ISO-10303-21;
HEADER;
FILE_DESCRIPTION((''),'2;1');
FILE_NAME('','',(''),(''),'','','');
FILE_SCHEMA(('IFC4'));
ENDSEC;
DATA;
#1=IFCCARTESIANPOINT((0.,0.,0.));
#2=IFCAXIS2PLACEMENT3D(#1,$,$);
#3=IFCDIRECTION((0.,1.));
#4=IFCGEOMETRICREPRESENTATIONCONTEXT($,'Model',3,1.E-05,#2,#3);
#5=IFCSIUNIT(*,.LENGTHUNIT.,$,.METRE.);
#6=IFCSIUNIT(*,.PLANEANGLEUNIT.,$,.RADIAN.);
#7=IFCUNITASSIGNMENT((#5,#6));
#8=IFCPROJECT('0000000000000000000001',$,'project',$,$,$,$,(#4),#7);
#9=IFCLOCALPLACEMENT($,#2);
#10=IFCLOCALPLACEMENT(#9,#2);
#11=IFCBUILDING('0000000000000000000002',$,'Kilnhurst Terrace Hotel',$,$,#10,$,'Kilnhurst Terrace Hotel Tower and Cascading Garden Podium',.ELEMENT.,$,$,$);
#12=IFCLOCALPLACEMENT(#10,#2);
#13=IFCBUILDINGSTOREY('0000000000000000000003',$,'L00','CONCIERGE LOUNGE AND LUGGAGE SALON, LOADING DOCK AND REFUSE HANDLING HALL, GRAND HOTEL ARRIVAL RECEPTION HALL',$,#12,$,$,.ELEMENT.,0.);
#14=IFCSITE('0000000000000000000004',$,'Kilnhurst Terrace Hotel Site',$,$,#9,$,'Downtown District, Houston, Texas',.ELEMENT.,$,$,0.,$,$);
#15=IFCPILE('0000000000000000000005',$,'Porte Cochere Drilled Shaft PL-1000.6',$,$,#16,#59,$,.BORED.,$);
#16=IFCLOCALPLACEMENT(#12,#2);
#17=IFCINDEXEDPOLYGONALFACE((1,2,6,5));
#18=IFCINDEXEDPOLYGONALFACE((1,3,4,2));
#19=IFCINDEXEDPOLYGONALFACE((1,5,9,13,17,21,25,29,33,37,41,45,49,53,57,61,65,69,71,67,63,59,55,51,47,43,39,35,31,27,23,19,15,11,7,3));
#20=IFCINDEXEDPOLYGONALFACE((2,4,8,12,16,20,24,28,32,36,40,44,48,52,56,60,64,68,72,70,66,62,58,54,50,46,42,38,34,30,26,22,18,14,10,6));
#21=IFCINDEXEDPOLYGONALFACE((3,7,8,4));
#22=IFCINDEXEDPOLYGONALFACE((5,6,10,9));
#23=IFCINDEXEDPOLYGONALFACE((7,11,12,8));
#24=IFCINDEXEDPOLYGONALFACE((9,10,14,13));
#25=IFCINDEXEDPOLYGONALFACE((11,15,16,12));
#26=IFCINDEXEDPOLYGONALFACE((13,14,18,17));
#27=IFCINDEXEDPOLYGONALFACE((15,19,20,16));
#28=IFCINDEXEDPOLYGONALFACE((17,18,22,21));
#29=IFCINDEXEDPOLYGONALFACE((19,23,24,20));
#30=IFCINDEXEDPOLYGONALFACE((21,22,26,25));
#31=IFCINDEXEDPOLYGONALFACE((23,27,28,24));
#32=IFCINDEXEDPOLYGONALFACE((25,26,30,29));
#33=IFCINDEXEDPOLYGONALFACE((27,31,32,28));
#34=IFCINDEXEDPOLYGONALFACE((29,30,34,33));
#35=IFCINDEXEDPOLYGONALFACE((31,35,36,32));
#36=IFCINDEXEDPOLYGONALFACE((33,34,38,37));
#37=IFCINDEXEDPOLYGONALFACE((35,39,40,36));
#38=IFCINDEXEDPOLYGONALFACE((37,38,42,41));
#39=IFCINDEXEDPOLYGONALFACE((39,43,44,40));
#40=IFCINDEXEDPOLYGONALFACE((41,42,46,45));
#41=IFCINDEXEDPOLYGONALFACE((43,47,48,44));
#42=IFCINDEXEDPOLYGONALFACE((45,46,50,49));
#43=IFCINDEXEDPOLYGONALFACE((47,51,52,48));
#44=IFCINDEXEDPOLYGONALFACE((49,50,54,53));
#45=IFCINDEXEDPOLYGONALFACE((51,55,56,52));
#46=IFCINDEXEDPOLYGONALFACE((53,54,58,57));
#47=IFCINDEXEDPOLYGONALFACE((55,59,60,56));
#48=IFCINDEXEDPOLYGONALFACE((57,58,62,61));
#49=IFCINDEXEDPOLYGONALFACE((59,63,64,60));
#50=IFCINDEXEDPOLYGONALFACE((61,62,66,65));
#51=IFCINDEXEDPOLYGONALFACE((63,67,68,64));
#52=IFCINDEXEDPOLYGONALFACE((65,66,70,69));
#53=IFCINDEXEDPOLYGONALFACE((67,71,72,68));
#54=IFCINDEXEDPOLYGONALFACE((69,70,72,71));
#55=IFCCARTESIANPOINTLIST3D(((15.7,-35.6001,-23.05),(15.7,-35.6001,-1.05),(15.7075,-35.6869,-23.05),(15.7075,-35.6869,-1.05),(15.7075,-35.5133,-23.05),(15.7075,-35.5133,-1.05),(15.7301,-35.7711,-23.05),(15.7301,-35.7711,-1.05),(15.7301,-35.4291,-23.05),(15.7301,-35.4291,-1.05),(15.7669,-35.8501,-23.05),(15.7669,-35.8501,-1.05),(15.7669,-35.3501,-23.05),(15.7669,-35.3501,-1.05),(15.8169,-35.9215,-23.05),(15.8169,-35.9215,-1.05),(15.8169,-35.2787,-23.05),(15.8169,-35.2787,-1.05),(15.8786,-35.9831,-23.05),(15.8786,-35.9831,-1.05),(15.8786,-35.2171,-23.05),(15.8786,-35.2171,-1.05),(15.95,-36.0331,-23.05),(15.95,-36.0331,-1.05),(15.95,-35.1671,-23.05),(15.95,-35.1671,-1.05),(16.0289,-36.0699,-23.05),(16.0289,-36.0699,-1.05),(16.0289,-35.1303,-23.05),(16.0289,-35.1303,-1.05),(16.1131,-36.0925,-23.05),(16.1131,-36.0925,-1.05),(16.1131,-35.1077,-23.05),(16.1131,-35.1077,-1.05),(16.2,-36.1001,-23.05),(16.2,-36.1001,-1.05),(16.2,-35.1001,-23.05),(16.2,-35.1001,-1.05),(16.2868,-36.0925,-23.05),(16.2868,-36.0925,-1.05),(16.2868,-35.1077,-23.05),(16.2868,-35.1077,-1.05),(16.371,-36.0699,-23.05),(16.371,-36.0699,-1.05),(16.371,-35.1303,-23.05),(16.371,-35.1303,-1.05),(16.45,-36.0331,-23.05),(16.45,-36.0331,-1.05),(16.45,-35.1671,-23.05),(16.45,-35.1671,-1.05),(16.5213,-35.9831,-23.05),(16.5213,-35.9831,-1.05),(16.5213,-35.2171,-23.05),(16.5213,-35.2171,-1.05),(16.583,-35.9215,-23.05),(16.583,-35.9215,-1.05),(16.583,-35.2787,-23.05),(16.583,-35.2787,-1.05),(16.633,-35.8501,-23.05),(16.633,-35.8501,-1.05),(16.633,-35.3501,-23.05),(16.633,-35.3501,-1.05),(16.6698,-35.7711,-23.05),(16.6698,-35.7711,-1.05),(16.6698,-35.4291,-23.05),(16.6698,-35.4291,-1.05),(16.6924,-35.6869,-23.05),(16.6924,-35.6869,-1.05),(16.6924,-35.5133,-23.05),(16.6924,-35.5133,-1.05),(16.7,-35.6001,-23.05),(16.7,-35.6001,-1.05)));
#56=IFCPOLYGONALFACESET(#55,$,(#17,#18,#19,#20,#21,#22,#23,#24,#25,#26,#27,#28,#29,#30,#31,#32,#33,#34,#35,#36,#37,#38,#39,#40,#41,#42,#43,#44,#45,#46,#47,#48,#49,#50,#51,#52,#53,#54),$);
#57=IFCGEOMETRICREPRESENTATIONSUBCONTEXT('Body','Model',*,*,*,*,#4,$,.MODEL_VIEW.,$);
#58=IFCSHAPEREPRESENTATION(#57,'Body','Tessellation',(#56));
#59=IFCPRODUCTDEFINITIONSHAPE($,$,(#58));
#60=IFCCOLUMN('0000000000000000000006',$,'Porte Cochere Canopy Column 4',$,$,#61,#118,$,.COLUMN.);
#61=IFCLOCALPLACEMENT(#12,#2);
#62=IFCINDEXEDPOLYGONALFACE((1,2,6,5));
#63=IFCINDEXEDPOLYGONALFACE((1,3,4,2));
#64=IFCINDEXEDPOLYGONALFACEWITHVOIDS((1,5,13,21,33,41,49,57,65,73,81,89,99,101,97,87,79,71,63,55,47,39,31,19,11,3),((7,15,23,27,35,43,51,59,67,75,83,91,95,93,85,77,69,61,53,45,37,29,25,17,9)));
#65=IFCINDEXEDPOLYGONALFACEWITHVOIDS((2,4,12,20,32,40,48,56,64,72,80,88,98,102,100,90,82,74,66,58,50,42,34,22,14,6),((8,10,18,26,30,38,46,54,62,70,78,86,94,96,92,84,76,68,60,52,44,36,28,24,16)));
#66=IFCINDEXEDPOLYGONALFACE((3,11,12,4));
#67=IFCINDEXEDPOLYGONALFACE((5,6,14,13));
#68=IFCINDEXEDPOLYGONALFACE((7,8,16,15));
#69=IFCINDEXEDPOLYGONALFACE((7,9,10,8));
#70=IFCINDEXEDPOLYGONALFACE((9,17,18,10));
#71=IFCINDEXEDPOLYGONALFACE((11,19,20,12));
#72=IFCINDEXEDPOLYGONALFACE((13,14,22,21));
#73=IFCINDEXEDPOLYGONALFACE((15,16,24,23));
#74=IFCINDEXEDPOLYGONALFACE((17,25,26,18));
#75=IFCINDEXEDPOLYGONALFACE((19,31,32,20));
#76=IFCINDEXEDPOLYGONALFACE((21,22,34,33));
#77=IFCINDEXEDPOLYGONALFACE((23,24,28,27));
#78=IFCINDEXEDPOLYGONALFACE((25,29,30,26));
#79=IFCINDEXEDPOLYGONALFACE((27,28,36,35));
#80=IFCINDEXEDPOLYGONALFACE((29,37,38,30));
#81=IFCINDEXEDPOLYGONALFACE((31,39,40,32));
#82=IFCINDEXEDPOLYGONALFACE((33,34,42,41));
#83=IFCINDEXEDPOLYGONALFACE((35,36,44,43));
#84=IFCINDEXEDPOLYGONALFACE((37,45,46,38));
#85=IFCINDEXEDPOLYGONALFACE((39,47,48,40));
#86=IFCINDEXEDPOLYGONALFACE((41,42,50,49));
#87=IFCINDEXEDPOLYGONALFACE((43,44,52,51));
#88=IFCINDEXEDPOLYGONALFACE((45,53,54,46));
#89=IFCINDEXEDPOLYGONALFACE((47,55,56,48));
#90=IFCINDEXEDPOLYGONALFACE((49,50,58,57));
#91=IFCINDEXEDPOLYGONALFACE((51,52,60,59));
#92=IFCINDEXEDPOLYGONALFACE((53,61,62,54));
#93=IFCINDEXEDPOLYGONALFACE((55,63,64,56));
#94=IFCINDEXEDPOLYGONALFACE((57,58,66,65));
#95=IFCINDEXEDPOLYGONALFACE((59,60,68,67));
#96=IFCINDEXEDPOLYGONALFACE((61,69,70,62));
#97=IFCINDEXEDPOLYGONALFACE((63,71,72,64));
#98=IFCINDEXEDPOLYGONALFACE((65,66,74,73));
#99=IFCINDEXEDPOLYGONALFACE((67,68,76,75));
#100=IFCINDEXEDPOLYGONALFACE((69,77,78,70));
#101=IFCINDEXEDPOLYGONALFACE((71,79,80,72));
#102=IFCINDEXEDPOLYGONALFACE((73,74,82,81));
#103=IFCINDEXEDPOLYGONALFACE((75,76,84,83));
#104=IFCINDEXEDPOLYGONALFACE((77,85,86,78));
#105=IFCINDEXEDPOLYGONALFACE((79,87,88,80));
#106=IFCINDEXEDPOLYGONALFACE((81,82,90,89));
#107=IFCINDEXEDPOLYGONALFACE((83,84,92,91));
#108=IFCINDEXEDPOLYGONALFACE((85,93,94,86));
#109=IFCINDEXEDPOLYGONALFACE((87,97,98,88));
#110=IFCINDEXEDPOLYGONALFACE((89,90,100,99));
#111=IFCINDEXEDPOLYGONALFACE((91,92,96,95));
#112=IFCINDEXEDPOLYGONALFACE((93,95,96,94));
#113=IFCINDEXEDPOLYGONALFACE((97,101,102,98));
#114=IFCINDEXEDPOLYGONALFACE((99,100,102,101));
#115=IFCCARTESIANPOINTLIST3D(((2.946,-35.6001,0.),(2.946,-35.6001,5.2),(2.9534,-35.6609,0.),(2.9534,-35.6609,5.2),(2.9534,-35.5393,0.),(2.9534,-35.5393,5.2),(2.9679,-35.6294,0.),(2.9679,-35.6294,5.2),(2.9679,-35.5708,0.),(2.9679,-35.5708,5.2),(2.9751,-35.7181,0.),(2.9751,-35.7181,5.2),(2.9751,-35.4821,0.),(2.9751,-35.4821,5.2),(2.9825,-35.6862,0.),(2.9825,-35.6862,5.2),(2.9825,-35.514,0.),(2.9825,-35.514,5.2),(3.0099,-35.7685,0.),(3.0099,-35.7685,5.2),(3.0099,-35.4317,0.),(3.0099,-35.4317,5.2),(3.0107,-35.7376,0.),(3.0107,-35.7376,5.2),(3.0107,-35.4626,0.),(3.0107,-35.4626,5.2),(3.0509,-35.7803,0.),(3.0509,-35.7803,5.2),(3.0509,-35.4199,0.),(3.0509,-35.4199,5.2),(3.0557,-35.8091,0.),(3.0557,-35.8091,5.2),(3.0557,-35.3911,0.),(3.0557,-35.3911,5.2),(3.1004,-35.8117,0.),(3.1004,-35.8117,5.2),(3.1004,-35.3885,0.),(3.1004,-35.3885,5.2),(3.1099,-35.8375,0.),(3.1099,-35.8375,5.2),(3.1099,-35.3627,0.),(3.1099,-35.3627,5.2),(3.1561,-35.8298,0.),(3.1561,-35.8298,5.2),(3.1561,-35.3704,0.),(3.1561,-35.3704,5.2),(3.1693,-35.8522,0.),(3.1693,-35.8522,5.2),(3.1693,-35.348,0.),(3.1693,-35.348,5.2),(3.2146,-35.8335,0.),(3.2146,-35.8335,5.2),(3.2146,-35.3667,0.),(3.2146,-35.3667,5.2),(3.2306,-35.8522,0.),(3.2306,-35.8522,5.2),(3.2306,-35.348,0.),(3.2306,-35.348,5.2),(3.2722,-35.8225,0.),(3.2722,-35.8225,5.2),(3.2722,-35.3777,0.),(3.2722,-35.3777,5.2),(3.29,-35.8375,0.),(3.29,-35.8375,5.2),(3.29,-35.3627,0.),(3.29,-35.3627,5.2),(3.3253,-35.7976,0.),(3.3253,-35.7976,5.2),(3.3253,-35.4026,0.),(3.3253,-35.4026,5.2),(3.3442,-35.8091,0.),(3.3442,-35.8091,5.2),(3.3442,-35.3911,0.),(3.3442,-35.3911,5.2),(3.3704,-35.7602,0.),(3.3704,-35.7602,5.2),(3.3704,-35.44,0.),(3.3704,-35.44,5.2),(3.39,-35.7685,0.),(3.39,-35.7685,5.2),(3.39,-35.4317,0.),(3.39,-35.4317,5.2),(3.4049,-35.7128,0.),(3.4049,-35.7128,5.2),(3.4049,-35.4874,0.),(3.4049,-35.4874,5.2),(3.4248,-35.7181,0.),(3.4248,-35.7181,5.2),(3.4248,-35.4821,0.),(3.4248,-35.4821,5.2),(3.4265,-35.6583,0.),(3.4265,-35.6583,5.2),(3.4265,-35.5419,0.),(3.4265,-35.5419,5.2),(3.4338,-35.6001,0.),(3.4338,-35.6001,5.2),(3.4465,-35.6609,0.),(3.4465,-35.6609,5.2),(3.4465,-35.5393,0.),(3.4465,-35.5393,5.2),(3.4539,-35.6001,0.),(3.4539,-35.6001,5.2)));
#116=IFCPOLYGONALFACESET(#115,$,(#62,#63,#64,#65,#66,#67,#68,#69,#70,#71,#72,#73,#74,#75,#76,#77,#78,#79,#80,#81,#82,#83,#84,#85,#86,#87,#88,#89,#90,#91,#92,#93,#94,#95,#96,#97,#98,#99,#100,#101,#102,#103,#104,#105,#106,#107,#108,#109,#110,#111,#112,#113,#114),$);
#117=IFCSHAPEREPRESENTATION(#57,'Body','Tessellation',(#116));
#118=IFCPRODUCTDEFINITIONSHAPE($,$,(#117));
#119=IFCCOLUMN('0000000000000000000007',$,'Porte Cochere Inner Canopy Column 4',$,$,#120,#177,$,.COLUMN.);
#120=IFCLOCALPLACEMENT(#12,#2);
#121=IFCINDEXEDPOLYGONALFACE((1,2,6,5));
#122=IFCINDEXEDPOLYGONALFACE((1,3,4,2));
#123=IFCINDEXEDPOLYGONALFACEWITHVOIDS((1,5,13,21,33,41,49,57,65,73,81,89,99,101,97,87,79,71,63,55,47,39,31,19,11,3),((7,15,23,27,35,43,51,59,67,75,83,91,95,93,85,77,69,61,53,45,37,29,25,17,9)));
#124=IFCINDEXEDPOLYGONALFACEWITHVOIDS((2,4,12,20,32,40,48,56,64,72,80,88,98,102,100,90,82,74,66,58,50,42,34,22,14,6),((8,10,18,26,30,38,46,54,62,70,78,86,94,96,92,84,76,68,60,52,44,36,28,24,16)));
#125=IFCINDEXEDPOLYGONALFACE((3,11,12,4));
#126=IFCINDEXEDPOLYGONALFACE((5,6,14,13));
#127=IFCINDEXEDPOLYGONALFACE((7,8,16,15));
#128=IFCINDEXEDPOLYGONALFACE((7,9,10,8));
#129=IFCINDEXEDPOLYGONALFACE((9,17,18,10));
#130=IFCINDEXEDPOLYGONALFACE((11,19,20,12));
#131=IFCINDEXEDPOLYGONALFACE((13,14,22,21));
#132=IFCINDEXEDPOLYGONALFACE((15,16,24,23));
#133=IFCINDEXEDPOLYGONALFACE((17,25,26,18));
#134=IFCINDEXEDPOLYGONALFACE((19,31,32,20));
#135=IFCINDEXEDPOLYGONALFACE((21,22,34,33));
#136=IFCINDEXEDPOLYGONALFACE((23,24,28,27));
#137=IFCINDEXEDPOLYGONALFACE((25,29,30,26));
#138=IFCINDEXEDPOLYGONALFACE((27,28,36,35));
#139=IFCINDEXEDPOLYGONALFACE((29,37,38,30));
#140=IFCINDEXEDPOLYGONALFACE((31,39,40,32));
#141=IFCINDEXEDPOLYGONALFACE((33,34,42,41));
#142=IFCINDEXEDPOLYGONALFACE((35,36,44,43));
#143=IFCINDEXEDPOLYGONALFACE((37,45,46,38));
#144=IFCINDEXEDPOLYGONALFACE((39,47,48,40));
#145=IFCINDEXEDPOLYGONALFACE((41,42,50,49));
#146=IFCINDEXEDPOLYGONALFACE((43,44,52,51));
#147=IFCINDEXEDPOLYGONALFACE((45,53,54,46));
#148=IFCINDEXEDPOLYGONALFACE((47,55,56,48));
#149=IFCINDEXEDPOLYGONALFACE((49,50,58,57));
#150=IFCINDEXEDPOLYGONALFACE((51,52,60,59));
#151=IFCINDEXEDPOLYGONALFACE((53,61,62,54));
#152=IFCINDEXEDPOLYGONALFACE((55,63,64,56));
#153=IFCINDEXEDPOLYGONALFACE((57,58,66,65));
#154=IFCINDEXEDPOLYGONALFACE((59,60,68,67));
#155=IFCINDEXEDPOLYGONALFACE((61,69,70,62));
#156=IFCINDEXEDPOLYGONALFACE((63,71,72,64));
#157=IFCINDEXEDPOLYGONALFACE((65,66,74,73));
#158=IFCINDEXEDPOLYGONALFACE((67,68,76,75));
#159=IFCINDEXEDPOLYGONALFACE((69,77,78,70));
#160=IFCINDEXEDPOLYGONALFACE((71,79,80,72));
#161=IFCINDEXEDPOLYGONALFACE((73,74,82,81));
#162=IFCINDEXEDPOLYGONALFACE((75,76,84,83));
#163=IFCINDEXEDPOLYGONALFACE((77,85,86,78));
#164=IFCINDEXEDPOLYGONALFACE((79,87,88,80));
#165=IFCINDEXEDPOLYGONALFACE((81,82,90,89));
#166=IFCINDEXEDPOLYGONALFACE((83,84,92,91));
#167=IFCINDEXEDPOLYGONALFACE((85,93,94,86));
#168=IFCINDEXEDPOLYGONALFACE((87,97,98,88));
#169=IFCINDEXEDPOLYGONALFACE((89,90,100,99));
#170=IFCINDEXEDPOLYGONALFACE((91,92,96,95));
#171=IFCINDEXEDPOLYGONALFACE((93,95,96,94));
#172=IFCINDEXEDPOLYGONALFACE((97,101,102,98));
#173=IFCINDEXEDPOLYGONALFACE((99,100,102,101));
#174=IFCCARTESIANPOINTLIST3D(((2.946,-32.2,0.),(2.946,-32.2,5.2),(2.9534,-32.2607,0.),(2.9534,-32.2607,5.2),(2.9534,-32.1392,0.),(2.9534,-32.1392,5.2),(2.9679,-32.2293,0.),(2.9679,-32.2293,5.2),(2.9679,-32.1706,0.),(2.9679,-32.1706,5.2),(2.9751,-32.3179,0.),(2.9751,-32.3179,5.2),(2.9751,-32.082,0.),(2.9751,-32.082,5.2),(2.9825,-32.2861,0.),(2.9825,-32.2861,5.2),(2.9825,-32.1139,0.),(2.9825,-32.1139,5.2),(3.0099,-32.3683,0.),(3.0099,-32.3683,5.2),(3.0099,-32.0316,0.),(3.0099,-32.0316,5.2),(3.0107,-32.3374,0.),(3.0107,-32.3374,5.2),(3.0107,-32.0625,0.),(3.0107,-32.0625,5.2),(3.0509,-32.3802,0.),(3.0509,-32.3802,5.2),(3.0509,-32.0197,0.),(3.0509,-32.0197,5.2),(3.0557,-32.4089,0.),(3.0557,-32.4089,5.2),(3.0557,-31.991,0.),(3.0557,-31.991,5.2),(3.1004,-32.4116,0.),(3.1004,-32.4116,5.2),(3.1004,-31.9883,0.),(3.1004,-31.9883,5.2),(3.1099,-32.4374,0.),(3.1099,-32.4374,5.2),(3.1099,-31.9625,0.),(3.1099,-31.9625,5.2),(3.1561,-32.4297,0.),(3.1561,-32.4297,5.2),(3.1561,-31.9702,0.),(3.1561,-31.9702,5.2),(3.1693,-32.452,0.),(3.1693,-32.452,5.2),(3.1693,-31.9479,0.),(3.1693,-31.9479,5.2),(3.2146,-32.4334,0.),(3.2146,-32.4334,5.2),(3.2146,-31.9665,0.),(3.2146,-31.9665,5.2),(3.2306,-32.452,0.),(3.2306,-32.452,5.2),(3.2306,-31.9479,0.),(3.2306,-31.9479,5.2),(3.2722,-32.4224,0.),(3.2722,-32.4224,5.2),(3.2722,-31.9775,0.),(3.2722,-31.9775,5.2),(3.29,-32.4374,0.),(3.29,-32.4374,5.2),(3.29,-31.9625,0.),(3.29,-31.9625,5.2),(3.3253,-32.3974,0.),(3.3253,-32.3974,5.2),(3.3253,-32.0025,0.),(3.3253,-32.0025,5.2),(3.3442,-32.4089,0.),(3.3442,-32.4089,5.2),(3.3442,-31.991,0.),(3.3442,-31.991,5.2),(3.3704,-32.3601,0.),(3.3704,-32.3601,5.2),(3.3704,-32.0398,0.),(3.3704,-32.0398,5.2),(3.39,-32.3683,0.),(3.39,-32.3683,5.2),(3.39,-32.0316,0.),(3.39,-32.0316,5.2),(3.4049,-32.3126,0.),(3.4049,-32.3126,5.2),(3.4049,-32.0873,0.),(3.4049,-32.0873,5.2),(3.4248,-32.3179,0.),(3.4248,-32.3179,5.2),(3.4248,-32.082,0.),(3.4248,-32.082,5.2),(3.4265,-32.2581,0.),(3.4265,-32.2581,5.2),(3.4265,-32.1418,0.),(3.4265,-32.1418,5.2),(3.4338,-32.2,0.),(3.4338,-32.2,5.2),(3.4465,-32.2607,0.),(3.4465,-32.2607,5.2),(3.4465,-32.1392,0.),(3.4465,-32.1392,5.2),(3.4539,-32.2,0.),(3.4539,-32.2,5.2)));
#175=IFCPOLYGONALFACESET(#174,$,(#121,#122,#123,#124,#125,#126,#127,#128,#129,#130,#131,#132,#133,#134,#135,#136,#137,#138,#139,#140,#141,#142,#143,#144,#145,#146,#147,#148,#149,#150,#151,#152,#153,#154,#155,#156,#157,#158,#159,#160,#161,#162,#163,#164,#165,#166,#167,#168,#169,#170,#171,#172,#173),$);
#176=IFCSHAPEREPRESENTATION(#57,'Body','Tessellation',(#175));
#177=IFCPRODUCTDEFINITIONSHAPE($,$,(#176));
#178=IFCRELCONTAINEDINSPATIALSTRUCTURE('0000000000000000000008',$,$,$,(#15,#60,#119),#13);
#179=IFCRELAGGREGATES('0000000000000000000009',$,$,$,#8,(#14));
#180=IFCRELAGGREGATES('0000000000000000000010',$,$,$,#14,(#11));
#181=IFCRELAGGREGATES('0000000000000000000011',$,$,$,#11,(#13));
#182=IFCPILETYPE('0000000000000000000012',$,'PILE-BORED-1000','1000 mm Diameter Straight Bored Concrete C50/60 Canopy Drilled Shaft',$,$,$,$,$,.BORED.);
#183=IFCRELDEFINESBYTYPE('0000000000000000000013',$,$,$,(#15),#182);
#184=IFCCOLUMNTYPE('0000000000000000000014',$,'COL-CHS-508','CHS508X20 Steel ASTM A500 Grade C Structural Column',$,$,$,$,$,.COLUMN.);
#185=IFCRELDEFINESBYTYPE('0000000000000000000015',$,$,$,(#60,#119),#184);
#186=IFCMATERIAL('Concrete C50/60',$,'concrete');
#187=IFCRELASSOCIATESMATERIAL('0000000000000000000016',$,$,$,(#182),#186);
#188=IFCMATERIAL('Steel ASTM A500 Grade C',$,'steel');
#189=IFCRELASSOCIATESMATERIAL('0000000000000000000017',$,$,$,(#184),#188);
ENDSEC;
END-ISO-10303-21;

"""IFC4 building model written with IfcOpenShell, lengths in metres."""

from ifc_helpers import new_model, si_unit, direction, frame, origin, origin_2d, place, context, subcontext, project, spatial, circle, hollow_circle, extrude, material, material_profile, profile_set, type_object, element, save


model = new_model("IFC4")

# Units and contexts
model_context = context("Model", 3, precision=1e-05, world=origin(), true_north=direction((0.0, 1.0)))
body_context = subcontext(model_context, "Body", "Model", "MODEL_VIEW")
ifc_project = project(units=[si_unit("LENGTHUNIT", "METRE"), si_unit("PLANEANGLEUNIT", "RADIAN")], contexts=[model_context])

# Site, building, storey
site_placement = place(None, origin())
site = spatial("IfcSite", under=ifc_project, at=site_placement, Name="Kilnhurst Terrace Hotel Site", LongName="Downtown District, Houston, Texas", CompositionType="ELEMENT", RefElevation=0.0)
building_placement = place(site_placement, origin())
building = spatial("IfcBuilding", under=site, at=building_placement, Name="Kilnhurst Terrace Hotel", LongName="Kilnhurst Terrace Hotel Tower and Cascading Garden Podium", CompositionType="ELEMENT")
storey_placement = place(building_placement, origin())
storey = spatial("IfcBuildingStorey", under=building, at=storey_placement, Name="L00", Description="CONCIERGE LOUNGE AND LUGGAGE SALON, LOADING DOCK AND REFUSE HANDLING HALL, GRAND HOTEL ARRIVAL RECEPTION HALL", CompositionType="ELEMENT", Elevation=0.0)

# Shared definitions
ifc_material_1 = material(Name="Concrete C50/60", Category="concrete")

# Pile
ifc_material_profile_1 = material_profile(ifc_material_1, circle(Radius=0.5, at=origin_2d()), Name="PILE1000")
ifc_profile_set_1 = profile_set([ifc_material_profile_1], Name="Concrete C50/60")
pile_type = type_object("IfcPileType", Name="PILE-BORED-1000", Description="1000 mm Diameter Straight Bored Concrete C50/60 Canopy Drilled Shaft", PredefinedType="BORED", material=ifc_profile_set_1)
for number, where, z_axis, x_axis, name in (
    (1, (16.2, -35.6001, -1.05), (0.0, 0.0, -1.0), (1.0, 0.0, 0.0), "Porte Cochere Drilled Shaft PL-1000.6"),
):
    element("IfcPile", number, at=place(storey_placement, frame(where, z_axis=z_axis, x_axis=x_axis)), inside=storey, type_object=pile_type, Name=name, PredefinedType="BORED", context=body_context, shape_type="SweptSolid", body=[
        extrude(circle(Radius=0.5, at=origin_2d()), origin(), (0.0, 0.0, 1.0), 22.0),
    ])

# Columns
ifc_material_2 = material(Name="Steel ASTM A500 Grade C", Category="steel")
ifc_material_profile_2 = material_profile(ifc_material_2, hollow_circle(Radius=0.2539, WallThickness=0.02, at=origin_2d()), Name="CHS508X20")
ifc_profile_set_2 = profile_set([ifc_material_profile_2], Name="Steel ASTM A500 Grade C")
column_type = type_object("IfcColumnType", Name="COL-CHS-508", Description="CHS508X20 Steel ASTM A500 Grade C Structural Column", PredefinedType="COLUMN", material=ifc_profile_set_2)
for number, where, z_axis, x_axis, name in (
    (2, (3.2, -35.6001, 0.0), (0.0, 0.0, 1.0), (1.0, 0.0, 0.0), "Porte Cochere Canopy Column 4"),
    (3, (3.2, -32.2, 0.0), (0.0, 0.0, 1.0), (1.0, 0.0, 0.0), "Porte Cochere Inner Canopy Column 4"),
):
    element("IfcColumn", number, at=place(storey_placement, frame(where, z_axis=z_axis, x_axis=x_axis)), inside=storey, type_object=column_type, Name=name, PredefinedType="COLUMN", context=body_context, shape_type="SweptSolid", body=[
        extrude(hollow_circle(Radius=0.2539, WallThickness=0.02, at=origin_2d()), origin(), (0.0, 0.0, 1.0), 5.2),
    ])

save(model, "model.ifc")
